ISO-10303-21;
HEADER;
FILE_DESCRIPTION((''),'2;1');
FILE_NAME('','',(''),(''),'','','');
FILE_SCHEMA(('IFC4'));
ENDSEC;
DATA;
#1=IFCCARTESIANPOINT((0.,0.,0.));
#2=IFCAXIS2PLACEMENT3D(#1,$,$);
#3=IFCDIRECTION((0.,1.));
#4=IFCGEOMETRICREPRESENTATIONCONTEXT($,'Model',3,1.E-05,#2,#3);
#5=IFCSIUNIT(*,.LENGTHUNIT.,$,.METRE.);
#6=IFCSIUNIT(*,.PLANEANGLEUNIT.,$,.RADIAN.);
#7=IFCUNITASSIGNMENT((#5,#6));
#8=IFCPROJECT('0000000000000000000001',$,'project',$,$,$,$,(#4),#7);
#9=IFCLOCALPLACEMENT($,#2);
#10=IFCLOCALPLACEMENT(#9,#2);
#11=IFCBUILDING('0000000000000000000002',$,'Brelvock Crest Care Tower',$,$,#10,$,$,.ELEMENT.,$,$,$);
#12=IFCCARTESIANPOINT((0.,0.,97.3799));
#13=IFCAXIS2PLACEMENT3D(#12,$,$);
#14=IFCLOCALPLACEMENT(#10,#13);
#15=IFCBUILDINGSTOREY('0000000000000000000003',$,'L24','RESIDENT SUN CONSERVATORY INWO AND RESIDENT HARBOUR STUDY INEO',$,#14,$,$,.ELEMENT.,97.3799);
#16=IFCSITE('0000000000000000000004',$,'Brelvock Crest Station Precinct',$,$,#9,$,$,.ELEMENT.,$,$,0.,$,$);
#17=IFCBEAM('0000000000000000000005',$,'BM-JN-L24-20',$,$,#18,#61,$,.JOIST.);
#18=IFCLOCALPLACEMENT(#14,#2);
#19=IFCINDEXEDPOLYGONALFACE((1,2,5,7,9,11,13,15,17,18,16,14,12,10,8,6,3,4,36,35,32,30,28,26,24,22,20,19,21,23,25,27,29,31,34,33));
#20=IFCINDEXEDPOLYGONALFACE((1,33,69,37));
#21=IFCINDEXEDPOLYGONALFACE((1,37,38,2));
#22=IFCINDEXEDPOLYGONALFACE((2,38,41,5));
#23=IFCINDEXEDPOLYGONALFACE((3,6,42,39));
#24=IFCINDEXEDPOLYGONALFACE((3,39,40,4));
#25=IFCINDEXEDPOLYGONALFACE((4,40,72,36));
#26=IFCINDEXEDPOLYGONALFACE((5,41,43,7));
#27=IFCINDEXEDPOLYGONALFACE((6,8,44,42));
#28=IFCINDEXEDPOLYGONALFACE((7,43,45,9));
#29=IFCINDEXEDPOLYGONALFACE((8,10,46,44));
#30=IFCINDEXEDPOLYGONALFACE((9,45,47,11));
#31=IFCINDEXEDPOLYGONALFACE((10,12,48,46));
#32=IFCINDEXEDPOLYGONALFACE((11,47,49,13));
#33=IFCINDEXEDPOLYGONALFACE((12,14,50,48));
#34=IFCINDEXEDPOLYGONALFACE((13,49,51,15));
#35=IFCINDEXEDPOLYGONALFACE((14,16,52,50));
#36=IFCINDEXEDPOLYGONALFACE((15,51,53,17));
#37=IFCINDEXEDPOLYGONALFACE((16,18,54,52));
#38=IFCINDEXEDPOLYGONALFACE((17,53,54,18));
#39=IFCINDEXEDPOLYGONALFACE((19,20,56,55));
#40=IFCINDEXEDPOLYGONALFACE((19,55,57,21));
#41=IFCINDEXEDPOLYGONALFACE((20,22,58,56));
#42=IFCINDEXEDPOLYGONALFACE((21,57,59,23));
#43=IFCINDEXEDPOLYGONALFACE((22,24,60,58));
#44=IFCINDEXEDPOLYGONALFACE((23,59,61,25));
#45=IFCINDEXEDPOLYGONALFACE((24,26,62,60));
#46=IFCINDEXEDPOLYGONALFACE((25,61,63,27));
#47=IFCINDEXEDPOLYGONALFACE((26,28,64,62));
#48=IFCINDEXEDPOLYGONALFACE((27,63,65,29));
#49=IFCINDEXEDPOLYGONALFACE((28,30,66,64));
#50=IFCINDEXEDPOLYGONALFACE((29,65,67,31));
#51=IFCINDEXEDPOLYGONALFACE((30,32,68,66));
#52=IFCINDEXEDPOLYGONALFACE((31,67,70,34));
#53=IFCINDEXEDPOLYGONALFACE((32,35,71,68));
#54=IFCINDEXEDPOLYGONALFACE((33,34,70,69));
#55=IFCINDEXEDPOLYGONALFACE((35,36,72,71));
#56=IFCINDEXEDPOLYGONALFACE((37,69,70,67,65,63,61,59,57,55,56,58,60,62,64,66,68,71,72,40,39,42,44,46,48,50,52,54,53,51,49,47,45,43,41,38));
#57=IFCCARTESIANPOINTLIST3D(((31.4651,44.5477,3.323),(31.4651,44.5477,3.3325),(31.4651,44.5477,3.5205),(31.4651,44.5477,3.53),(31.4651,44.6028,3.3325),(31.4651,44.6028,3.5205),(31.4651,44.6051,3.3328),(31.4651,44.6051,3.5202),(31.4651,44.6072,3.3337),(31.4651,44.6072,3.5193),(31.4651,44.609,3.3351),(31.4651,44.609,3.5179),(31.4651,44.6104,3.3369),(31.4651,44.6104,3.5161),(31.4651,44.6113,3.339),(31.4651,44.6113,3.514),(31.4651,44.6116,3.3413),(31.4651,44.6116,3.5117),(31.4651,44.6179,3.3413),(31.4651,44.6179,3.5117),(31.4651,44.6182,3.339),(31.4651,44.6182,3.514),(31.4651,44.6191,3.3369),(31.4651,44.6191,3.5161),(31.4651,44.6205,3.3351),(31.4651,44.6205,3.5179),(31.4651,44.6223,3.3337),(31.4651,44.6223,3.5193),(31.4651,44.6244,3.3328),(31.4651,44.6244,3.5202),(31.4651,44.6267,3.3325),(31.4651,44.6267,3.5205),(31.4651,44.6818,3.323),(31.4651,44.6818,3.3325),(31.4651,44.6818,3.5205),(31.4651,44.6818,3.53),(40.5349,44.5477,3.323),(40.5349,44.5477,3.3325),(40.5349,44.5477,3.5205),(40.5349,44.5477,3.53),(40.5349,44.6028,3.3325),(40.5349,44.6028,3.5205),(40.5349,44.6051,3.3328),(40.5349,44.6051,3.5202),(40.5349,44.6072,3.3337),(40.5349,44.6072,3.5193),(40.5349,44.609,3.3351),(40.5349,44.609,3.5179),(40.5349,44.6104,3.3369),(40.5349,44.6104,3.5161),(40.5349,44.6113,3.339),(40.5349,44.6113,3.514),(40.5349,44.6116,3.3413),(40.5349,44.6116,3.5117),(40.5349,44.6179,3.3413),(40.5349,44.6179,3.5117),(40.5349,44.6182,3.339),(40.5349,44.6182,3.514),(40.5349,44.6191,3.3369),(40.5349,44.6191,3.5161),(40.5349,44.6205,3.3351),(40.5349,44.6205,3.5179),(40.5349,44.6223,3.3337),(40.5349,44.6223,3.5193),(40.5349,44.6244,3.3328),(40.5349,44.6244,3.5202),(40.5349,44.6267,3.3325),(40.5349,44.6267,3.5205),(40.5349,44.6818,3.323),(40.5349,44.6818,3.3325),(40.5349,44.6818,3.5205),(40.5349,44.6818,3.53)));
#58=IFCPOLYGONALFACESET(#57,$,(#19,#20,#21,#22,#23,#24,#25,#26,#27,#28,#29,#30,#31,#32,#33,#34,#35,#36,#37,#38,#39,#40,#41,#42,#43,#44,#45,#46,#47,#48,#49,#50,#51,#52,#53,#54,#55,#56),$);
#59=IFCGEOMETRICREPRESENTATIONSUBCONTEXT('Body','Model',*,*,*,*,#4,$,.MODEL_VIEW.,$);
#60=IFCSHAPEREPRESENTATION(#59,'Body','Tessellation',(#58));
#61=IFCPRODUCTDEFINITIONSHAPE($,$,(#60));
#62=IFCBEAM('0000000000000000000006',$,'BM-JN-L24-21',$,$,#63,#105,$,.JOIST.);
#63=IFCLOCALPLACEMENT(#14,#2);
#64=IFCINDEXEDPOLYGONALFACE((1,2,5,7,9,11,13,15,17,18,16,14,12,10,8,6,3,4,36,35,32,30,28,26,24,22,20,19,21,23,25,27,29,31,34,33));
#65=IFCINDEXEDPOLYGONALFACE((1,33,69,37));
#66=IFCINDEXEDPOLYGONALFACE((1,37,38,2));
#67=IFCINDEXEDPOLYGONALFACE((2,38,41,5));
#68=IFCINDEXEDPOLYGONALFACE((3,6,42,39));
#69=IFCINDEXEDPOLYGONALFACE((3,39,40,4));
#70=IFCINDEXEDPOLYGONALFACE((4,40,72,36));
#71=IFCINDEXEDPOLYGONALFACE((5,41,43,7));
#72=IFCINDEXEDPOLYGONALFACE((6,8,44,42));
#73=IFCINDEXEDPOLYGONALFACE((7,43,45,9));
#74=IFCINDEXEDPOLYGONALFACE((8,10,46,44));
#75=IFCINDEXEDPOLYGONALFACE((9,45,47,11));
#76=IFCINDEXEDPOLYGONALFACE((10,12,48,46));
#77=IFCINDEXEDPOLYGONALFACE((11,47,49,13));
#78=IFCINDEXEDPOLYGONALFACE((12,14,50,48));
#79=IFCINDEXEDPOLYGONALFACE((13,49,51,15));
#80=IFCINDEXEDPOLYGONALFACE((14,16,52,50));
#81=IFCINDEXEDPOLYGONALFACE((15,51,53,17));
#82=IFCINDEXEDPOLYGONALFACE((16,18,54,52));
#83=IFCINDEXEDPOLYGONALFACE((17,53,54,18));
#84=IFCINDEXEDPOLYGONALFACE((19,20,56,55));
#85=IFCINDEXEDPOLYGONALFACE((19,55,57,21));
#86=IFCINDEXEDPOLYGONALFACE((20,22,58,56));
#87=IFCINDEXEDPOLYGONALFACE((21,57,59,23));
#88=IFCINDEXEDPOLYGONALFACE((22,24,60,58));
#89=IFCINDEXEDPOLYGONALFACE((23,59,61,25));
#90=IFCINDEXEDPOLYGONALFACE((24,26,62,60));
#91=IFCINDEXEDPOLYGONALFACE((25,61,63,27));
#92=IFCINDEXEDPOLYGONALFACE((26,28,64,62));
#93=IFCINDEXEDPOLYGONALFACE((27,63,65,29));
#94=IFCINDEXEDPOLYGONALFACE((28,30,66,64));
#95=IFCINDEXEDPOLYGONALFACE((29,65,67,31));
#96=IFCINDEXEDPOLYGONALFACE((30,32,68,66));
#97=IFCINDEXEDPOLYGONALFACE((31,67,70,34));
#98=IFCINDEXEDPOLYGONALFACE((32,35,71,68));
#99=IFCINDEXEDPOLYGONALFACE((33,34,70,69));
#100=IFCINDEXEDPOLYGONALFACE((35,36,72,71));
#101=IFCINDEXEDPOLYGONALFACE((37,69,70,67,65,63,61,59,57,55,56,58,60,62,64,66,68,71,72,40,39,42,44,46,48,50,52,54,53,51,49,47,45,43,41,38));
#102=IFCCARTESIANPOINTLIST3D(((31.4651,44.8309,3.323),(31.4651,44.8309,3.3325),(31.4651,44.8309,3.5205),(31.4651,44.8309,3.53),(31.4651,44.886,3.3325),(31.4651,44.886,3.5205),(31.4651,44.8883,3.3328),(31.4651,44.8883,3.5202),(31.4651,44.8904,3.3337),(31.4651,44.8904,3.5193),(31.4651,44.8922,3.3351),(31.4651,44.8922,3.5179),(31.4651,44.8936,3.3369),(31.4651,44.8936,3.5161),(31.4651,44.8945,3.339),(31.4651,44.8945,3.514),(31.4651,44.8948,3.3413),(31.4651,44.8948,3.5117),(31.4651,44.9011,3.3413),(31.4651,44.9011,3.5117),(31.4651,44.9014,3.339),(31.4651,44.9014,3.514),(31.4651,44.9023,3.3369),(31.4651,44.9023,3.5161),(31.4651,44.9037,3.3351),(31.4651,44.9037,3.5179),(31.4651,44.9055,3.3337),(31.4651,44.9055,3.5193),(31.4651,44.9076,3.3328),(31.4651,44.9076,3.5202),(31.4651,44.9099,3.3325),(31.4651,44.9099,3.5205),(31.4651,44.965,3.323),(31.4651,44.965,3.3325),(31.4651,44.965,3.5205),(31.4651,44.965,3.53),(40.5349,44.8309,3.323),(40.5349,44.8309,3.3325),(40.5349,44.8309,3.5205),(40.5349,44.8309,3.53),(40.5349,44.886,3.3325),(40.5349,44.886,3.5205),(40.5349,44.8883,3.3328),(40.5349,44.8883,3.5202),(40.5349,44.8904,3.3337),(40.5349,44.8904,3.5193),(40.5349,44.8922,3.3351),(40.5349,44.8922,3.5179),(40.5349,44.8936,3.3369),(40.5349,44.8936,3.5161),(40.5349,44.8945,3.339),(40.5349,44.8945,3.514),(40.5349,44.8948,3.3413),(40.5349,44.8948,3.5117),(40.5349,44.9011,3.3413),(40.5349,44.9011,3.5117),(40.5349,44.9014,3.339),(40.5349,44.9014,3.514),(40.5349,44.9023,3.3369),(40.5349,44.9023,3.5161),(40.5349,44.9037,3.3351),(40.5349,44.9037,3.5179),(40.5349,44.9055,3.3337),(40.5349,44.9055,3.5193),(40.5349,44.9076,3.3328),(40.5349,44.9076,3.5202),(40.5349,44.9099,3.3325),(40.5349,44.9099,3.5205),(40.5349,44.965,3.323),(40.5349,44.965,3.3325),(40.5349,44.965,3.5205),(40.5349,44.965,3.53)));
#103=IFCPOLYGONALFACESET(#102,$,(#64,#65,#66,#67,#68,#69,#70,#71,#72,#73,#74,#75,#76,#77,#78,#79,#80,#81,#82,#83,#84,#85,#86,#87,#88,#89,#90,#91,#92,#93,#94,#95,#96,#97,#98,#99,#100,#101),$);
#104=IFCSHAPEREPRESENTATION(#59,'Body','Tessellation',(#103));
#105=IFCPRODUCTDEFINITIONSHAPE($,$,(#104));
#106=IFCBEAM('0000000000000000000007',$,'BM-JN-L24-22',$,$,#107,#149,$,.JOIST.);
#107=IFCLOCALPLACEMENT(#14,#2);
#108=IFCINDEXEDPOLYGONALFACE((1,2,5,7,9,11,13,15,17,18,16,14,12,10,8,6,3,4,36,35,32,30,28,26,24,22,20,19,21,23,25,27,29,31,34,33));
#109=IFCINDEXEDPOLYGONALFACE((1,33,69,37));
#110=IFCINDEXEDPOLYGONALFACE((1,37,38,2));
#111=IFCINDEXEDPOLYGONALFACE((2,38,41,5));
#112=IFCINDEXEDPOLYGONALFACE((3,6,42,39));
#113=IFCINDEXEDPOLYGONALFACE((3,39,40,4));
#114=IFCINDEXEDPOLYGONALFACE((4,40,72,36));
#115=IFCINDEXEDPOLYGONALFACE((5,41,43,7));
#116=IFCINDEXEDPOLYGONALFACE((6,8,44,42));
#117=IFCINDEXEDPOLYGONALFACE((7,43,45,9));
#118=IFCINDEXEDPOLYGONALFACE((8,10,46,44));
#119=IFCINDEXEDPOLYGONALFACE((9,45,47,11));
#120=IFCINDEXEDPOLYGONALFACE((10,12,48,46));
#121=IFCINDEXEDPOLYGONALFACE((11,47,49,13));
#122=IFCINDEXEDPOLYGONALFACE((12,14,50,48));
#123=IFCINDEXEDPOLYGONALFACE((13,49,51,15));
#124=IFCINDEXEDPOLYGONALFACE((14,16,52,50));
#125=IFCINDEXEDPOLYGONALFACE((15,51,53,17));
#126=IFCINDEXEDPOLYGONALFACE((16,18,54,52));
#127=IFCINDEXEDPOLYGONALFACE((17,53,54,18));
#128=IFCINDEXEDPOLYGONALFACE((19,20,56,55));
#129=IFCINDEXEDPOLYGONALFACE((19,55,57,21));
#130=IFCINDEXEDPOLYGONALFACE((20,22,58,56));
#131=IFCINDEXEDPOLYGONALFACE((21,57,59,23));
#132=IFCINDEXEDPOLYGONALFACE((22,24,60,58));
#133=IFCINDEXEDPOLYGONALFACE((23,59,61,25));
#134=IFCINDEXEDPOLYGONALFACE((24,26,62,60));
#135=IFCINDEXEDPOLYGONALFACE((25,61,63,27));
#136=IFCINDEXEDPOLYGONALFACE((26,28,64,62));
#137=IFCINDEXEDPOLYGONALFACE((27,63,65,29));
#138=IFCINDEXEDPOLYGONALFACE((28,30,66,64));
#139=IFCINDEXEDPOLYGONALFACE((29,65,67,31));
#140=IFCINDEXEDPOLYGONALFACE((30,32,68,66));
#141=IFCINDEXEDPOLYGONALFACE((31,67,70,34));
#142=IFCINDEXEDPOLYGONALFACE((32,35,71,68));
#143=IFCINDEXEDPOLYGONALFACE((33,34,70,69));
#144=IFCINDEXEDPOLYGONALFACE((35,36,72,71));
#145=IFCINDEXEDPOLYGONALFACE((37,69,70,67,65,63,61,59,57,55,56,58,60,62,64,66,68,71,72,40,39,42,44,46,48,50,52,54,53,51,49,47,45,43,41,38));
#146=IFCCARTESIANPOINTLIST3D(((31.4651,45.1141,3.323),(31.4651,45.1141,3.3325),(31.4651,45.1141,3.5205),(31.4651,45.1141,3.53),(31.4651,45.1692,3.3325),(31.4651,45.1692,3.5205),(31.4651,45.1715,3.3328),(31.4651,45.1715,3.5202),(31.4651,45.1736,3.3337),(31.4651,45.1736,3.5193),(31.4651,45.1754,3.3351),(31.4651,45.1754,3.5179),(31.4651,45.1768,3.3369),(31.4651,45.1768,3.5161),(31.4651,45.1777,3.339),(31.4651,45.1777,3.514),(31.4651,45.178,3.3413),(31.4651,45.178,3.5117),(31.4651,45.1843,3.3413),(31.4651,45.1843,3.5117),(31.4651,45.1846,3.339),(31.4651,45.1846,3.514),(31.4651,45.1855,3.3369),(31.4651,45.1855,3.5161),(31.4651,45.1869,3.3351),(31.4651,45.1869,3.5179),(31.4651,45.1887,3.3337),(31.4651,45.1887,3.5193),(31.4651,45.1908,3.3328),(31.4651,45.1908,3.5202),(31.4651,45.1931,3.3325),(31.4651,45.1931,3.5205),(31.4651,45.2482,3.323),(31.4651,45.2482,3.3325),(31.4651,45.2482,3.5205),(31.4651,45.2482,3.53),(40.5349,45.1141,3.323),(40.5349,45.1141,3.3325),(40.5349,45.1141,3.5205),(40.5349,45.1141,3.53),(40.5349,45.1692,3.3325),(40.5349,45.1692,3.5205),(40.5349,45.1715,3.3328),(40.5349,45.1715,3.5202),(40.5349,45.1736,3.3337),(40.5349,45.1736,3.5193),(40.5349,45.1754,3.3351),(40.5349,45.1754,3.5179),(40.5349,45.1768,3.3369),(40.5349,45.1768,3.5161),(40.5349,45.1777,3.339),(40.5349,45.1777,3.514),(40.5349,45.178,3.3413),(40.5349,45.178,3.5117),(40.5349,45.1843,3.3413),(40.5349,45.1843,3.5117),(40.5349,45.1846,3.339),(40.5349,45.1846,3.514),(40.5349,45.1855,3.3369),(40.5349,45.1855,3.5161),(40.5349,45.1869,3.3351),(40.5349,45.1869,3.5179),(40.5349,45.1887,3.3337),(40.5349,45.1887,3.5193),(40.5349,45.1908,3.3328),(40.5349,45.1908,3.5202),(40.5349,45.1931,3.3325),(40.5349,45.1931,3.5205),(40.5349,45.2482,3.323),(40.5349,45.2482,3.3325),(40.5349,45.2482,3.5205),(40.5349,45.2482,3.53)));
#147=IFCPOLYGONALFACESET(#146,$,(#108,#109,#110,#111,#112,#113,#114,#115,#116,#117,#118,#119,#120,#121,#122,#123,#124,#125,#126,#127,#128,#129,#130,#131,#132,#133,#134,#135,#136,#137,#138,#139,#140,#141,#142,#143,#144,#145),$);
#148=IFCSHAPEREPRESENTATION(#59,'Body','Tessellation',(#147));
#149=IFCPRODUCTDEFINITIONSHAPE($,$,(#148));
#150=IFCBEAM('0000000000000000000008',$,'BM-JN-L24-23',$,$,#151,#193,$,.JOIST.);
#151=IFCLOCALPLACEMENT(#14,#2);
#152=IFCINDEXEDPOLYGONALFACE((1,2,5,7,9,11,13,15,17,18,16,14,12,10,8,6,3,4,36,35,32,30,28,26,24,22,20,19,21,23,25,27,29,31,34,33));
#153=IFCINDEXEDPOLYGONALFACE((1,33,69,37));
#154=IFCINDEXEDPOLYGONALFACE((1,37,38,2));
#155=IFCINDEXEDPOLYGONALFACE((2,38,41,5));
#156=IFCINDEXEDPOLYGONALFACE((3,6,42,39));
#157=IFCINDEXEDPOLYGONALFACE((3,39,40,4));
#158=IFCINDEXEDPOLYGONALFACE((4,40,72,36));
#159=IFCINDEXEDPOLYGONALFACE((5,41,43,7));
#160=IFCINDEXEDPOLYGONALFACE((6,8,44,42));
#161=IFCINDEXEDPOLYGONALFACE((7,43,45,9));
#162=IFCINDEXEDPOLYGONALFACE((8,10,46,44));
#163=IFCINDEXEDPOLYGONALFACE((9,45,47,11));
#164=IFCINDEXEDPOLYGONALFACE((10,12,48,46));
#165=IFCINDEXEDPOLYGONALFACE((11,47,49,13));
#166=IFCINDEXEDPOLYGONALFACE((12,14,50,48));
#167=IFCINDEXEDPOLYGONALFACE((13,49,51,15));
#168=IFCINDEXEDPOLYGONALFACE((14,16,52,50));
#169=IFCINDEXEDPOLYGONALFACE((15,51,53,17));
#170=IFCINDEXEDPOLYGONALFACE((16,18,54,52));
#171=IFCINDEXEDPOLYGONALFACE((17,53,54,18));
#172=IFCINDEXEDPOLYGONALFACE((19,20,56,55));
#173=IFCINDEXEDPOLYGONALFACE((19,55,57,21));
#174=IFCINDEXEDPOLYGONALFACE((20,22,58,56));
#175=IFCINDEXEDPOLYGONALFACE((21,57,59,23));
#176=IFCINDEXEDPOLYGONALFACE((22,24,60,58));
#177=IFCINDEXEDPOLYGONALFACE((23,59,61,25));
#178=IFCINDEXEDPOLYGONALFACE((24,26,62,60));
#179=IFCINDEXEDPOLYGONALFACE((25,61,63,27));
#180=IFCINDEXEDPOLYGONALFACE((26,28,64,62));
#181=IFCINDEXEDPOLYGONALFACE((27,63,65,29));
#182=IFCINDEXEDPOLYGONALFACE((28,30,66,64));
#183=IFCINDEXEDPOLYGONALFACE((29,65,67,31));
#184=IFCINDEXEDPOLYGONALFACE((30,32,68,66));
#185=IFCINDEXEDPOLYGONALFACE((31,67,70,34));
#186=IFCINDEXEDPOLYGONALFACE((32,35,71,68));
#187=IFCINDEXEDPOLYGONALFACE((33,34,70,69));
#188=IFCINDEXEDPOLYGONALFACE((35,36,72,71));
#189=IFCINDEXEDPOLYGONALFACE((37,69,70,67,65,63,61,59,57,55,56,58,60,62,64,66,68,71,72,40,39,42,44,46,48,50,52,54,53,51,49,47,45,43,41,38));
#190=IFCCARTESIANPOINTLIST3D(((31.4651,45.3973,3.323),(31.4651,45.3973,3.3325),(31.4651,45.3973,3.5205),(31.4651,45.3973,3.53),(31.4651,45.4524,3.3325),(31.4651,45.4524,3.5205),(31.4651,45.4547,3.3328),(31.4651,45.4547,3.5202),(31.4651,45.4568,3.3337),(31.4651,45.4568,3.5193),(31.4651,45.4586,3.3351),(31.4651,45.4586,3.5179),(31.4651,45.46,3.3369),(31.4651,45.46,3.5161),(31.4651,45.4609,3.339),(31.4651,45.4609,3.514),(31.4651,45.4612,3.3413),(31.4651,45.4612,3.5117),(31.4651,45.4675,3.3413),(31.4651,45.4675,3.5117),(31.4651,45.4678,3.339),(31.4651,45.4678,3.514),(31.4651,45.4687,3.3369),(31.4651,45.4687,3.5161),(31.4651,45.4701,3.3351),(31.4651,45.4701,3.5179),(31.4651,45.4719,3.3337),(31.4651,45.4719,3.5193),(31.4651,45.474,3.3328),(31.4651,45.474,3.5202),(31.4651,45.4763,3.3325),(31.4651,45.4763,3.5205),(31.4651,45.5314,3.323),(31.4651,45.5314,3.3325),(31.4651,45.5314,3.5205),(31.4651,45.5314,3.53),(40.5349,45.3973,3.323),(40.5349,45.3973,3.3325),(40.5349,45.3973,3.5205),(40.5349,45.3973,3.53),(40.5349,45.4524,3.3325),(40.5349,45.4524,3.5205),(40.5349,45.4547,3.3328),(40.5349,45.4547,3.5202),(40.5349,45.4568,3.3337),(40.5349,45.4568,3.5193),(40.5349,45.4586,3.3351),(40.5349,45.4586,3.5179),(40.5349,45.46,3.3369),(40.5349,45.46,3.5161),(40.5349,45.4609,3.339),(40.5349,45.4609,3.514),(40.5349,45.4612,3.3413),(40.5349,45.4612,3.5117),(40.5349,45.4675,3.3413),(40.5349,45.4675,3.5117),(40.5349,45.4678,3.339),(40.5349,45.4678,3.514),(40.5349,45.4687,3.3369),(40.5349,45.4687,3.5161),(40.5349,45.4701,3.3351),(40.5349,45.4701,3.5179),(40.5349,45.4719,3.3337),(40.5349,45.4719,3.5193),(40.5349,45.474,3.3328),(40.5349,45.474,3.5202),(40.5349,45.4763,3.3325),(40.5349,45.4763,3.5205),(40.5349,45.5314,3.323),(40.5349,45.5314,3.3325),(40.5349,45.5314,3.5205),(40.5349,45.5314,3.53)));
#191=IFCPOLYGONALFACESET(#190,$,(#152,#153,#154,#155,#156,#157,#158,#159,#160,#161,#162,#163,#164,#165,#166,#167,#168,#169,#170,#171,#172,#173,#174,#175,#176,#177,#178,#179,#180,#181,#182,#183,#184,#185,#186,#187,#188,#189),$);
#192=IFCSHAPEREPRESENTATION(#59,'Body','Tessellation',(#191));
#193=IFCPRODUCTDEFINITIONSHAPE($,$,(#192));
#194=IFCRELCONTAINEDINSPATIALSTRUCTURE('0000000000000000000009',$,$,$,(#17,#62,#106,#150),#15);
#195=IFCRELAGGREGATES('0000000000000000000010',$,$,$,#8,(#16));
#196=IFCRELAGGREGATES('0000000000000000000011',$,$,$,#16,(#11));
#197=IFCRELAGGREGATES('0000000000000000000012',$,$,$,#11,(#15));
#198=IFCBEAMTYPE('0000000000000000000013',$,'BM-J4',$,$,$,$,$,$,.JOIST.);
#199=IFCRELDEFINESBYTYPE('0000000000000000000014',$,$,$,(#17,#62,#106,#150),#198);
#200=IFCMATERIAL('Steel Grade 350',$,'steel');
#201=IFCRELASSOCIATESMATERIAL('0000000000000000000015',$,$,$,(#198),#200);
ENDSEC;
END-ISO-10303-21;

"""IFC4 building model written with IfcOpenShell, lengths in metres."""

from ifc_helpers import new_model, si_unit, direction, frame, origin, origin_2d, place, context, subcontext, project, spatial, i_section, extrude, source, transform, mapped, material, material_profile, profile_set, type_object, element, save


model = new_model("IFC4")

# Units and contexts
model_context = context("Model", 3, precision=1e-05, world=origin(), true_north=direction((0.0, 1.0)))
body_context = subcontext(model_context, "Body", "Model", "MODEL_VIEW")
ifc_project = project(units=[si_unit("LENGTHUNIT", "METRE"), si_unit("PLANEANGLEUNIT", "RADIAN")], contexts=[model_context])

# Site, building, storey
site_placement = place(None, origin())
site = spatial("IfcSite", under=ifc_project, at=site_placement, Name="Brelvock Crest Station Precinct", CompositionType="ELEMENT", RefElevation=0.0)
building_placement = place(site_placement, origin())
building = spatial("IfcBuilding", under=site, at=building_placement, Name="Brelvock Crest Care Tower", CompositionType="ELEMENT")
storey_placement = place(building_placement, frame((0.0, 0.0, 97.3799)))
storey = spatial("IfcBuildingStorey", under=building, at=storey_placement, Name="L24", Description="RESIDENT SUN CONSERVATORY INWO AND RESIDENT HARBOUR STUDY INEO", CompositionType="ELEMENT", Elevation=97.3799)

# Shared definitions
ifc_material_1 = material(Name="Steel Grade 350", Category="steel")

# Beams
ifc_material_profile_1 = material_profile(ifc_material_1, i_section(OverallWidth=0.134, OverallDepth=0.207, WebThickness=0.0063, FlangeThickness=0.0095, FilletRadius=0.0088, at=origin_2d()), Name="200UB29.8")
ifc_profile_set_1 = profile_set([ifc_material_profile_1], Name="Steel Grade 350")
beam_type_1 = type_object("IfcBeamType", Name="BM-J4", PredefinedType="JOIST", material=ifc_profile_set_1)
shared_shape_1 = source(origin(), body_context, "Body", "SweptSolid", [
    extrude(i_section(OverallWidth=0.134, OverallDepth=0.207, WebThickness=0.0063, FlangeThickness=0.0095, FilletRadius=0.0088, at=origin_2d()), origin(), (0.0, 0.0, 1.0), 9.0698),
])
for number, where, z_axis, x_axis, name in (
    (1, (31.4651, 44.6147, 3.4265), (1.0, 0.0, 0.0), (0.0, 1.0, 0.0), "BM-JN-L24-20"),
    (2, (31.4651, 44.8979, 3.4265), (1.0, 0.0, 0.0), (0.0, 1.0, 0.0), "BM-JN-L24-21"),
    (3, (31.4651, 45.1812, 3.4265), (1.0, 0.0, 0.0), (0.0, 1.0, 0.0), "BM-JN-L24-22"),
    (4, (31.4651, 45.4644, 3.4265), (1.0, 0.0, 0.0), (0.0, 1.0, 0.0), "BM-JN-L24-23"),
):
    element("IfcBeam", number, at=place(storey_placement, frame(where, z_axis=z_axis, x_axis=x_axis)), inside=storey, type_object=beam_type_1, Name=name, PredefinedType="JOIST", context=body_context, shape_type="MappedRepresentation", body=[
        mapped(shared_shape_1, transform((0.0, 0.0, 0.0), x_axis=(1.0, 0.0, 0.0), y_axis=(0.0, 1.0, 0.0), z_axis=(0.0, 0.0, 1.0), scale=1.0)),
    ])

save(model, "model.ifc")
